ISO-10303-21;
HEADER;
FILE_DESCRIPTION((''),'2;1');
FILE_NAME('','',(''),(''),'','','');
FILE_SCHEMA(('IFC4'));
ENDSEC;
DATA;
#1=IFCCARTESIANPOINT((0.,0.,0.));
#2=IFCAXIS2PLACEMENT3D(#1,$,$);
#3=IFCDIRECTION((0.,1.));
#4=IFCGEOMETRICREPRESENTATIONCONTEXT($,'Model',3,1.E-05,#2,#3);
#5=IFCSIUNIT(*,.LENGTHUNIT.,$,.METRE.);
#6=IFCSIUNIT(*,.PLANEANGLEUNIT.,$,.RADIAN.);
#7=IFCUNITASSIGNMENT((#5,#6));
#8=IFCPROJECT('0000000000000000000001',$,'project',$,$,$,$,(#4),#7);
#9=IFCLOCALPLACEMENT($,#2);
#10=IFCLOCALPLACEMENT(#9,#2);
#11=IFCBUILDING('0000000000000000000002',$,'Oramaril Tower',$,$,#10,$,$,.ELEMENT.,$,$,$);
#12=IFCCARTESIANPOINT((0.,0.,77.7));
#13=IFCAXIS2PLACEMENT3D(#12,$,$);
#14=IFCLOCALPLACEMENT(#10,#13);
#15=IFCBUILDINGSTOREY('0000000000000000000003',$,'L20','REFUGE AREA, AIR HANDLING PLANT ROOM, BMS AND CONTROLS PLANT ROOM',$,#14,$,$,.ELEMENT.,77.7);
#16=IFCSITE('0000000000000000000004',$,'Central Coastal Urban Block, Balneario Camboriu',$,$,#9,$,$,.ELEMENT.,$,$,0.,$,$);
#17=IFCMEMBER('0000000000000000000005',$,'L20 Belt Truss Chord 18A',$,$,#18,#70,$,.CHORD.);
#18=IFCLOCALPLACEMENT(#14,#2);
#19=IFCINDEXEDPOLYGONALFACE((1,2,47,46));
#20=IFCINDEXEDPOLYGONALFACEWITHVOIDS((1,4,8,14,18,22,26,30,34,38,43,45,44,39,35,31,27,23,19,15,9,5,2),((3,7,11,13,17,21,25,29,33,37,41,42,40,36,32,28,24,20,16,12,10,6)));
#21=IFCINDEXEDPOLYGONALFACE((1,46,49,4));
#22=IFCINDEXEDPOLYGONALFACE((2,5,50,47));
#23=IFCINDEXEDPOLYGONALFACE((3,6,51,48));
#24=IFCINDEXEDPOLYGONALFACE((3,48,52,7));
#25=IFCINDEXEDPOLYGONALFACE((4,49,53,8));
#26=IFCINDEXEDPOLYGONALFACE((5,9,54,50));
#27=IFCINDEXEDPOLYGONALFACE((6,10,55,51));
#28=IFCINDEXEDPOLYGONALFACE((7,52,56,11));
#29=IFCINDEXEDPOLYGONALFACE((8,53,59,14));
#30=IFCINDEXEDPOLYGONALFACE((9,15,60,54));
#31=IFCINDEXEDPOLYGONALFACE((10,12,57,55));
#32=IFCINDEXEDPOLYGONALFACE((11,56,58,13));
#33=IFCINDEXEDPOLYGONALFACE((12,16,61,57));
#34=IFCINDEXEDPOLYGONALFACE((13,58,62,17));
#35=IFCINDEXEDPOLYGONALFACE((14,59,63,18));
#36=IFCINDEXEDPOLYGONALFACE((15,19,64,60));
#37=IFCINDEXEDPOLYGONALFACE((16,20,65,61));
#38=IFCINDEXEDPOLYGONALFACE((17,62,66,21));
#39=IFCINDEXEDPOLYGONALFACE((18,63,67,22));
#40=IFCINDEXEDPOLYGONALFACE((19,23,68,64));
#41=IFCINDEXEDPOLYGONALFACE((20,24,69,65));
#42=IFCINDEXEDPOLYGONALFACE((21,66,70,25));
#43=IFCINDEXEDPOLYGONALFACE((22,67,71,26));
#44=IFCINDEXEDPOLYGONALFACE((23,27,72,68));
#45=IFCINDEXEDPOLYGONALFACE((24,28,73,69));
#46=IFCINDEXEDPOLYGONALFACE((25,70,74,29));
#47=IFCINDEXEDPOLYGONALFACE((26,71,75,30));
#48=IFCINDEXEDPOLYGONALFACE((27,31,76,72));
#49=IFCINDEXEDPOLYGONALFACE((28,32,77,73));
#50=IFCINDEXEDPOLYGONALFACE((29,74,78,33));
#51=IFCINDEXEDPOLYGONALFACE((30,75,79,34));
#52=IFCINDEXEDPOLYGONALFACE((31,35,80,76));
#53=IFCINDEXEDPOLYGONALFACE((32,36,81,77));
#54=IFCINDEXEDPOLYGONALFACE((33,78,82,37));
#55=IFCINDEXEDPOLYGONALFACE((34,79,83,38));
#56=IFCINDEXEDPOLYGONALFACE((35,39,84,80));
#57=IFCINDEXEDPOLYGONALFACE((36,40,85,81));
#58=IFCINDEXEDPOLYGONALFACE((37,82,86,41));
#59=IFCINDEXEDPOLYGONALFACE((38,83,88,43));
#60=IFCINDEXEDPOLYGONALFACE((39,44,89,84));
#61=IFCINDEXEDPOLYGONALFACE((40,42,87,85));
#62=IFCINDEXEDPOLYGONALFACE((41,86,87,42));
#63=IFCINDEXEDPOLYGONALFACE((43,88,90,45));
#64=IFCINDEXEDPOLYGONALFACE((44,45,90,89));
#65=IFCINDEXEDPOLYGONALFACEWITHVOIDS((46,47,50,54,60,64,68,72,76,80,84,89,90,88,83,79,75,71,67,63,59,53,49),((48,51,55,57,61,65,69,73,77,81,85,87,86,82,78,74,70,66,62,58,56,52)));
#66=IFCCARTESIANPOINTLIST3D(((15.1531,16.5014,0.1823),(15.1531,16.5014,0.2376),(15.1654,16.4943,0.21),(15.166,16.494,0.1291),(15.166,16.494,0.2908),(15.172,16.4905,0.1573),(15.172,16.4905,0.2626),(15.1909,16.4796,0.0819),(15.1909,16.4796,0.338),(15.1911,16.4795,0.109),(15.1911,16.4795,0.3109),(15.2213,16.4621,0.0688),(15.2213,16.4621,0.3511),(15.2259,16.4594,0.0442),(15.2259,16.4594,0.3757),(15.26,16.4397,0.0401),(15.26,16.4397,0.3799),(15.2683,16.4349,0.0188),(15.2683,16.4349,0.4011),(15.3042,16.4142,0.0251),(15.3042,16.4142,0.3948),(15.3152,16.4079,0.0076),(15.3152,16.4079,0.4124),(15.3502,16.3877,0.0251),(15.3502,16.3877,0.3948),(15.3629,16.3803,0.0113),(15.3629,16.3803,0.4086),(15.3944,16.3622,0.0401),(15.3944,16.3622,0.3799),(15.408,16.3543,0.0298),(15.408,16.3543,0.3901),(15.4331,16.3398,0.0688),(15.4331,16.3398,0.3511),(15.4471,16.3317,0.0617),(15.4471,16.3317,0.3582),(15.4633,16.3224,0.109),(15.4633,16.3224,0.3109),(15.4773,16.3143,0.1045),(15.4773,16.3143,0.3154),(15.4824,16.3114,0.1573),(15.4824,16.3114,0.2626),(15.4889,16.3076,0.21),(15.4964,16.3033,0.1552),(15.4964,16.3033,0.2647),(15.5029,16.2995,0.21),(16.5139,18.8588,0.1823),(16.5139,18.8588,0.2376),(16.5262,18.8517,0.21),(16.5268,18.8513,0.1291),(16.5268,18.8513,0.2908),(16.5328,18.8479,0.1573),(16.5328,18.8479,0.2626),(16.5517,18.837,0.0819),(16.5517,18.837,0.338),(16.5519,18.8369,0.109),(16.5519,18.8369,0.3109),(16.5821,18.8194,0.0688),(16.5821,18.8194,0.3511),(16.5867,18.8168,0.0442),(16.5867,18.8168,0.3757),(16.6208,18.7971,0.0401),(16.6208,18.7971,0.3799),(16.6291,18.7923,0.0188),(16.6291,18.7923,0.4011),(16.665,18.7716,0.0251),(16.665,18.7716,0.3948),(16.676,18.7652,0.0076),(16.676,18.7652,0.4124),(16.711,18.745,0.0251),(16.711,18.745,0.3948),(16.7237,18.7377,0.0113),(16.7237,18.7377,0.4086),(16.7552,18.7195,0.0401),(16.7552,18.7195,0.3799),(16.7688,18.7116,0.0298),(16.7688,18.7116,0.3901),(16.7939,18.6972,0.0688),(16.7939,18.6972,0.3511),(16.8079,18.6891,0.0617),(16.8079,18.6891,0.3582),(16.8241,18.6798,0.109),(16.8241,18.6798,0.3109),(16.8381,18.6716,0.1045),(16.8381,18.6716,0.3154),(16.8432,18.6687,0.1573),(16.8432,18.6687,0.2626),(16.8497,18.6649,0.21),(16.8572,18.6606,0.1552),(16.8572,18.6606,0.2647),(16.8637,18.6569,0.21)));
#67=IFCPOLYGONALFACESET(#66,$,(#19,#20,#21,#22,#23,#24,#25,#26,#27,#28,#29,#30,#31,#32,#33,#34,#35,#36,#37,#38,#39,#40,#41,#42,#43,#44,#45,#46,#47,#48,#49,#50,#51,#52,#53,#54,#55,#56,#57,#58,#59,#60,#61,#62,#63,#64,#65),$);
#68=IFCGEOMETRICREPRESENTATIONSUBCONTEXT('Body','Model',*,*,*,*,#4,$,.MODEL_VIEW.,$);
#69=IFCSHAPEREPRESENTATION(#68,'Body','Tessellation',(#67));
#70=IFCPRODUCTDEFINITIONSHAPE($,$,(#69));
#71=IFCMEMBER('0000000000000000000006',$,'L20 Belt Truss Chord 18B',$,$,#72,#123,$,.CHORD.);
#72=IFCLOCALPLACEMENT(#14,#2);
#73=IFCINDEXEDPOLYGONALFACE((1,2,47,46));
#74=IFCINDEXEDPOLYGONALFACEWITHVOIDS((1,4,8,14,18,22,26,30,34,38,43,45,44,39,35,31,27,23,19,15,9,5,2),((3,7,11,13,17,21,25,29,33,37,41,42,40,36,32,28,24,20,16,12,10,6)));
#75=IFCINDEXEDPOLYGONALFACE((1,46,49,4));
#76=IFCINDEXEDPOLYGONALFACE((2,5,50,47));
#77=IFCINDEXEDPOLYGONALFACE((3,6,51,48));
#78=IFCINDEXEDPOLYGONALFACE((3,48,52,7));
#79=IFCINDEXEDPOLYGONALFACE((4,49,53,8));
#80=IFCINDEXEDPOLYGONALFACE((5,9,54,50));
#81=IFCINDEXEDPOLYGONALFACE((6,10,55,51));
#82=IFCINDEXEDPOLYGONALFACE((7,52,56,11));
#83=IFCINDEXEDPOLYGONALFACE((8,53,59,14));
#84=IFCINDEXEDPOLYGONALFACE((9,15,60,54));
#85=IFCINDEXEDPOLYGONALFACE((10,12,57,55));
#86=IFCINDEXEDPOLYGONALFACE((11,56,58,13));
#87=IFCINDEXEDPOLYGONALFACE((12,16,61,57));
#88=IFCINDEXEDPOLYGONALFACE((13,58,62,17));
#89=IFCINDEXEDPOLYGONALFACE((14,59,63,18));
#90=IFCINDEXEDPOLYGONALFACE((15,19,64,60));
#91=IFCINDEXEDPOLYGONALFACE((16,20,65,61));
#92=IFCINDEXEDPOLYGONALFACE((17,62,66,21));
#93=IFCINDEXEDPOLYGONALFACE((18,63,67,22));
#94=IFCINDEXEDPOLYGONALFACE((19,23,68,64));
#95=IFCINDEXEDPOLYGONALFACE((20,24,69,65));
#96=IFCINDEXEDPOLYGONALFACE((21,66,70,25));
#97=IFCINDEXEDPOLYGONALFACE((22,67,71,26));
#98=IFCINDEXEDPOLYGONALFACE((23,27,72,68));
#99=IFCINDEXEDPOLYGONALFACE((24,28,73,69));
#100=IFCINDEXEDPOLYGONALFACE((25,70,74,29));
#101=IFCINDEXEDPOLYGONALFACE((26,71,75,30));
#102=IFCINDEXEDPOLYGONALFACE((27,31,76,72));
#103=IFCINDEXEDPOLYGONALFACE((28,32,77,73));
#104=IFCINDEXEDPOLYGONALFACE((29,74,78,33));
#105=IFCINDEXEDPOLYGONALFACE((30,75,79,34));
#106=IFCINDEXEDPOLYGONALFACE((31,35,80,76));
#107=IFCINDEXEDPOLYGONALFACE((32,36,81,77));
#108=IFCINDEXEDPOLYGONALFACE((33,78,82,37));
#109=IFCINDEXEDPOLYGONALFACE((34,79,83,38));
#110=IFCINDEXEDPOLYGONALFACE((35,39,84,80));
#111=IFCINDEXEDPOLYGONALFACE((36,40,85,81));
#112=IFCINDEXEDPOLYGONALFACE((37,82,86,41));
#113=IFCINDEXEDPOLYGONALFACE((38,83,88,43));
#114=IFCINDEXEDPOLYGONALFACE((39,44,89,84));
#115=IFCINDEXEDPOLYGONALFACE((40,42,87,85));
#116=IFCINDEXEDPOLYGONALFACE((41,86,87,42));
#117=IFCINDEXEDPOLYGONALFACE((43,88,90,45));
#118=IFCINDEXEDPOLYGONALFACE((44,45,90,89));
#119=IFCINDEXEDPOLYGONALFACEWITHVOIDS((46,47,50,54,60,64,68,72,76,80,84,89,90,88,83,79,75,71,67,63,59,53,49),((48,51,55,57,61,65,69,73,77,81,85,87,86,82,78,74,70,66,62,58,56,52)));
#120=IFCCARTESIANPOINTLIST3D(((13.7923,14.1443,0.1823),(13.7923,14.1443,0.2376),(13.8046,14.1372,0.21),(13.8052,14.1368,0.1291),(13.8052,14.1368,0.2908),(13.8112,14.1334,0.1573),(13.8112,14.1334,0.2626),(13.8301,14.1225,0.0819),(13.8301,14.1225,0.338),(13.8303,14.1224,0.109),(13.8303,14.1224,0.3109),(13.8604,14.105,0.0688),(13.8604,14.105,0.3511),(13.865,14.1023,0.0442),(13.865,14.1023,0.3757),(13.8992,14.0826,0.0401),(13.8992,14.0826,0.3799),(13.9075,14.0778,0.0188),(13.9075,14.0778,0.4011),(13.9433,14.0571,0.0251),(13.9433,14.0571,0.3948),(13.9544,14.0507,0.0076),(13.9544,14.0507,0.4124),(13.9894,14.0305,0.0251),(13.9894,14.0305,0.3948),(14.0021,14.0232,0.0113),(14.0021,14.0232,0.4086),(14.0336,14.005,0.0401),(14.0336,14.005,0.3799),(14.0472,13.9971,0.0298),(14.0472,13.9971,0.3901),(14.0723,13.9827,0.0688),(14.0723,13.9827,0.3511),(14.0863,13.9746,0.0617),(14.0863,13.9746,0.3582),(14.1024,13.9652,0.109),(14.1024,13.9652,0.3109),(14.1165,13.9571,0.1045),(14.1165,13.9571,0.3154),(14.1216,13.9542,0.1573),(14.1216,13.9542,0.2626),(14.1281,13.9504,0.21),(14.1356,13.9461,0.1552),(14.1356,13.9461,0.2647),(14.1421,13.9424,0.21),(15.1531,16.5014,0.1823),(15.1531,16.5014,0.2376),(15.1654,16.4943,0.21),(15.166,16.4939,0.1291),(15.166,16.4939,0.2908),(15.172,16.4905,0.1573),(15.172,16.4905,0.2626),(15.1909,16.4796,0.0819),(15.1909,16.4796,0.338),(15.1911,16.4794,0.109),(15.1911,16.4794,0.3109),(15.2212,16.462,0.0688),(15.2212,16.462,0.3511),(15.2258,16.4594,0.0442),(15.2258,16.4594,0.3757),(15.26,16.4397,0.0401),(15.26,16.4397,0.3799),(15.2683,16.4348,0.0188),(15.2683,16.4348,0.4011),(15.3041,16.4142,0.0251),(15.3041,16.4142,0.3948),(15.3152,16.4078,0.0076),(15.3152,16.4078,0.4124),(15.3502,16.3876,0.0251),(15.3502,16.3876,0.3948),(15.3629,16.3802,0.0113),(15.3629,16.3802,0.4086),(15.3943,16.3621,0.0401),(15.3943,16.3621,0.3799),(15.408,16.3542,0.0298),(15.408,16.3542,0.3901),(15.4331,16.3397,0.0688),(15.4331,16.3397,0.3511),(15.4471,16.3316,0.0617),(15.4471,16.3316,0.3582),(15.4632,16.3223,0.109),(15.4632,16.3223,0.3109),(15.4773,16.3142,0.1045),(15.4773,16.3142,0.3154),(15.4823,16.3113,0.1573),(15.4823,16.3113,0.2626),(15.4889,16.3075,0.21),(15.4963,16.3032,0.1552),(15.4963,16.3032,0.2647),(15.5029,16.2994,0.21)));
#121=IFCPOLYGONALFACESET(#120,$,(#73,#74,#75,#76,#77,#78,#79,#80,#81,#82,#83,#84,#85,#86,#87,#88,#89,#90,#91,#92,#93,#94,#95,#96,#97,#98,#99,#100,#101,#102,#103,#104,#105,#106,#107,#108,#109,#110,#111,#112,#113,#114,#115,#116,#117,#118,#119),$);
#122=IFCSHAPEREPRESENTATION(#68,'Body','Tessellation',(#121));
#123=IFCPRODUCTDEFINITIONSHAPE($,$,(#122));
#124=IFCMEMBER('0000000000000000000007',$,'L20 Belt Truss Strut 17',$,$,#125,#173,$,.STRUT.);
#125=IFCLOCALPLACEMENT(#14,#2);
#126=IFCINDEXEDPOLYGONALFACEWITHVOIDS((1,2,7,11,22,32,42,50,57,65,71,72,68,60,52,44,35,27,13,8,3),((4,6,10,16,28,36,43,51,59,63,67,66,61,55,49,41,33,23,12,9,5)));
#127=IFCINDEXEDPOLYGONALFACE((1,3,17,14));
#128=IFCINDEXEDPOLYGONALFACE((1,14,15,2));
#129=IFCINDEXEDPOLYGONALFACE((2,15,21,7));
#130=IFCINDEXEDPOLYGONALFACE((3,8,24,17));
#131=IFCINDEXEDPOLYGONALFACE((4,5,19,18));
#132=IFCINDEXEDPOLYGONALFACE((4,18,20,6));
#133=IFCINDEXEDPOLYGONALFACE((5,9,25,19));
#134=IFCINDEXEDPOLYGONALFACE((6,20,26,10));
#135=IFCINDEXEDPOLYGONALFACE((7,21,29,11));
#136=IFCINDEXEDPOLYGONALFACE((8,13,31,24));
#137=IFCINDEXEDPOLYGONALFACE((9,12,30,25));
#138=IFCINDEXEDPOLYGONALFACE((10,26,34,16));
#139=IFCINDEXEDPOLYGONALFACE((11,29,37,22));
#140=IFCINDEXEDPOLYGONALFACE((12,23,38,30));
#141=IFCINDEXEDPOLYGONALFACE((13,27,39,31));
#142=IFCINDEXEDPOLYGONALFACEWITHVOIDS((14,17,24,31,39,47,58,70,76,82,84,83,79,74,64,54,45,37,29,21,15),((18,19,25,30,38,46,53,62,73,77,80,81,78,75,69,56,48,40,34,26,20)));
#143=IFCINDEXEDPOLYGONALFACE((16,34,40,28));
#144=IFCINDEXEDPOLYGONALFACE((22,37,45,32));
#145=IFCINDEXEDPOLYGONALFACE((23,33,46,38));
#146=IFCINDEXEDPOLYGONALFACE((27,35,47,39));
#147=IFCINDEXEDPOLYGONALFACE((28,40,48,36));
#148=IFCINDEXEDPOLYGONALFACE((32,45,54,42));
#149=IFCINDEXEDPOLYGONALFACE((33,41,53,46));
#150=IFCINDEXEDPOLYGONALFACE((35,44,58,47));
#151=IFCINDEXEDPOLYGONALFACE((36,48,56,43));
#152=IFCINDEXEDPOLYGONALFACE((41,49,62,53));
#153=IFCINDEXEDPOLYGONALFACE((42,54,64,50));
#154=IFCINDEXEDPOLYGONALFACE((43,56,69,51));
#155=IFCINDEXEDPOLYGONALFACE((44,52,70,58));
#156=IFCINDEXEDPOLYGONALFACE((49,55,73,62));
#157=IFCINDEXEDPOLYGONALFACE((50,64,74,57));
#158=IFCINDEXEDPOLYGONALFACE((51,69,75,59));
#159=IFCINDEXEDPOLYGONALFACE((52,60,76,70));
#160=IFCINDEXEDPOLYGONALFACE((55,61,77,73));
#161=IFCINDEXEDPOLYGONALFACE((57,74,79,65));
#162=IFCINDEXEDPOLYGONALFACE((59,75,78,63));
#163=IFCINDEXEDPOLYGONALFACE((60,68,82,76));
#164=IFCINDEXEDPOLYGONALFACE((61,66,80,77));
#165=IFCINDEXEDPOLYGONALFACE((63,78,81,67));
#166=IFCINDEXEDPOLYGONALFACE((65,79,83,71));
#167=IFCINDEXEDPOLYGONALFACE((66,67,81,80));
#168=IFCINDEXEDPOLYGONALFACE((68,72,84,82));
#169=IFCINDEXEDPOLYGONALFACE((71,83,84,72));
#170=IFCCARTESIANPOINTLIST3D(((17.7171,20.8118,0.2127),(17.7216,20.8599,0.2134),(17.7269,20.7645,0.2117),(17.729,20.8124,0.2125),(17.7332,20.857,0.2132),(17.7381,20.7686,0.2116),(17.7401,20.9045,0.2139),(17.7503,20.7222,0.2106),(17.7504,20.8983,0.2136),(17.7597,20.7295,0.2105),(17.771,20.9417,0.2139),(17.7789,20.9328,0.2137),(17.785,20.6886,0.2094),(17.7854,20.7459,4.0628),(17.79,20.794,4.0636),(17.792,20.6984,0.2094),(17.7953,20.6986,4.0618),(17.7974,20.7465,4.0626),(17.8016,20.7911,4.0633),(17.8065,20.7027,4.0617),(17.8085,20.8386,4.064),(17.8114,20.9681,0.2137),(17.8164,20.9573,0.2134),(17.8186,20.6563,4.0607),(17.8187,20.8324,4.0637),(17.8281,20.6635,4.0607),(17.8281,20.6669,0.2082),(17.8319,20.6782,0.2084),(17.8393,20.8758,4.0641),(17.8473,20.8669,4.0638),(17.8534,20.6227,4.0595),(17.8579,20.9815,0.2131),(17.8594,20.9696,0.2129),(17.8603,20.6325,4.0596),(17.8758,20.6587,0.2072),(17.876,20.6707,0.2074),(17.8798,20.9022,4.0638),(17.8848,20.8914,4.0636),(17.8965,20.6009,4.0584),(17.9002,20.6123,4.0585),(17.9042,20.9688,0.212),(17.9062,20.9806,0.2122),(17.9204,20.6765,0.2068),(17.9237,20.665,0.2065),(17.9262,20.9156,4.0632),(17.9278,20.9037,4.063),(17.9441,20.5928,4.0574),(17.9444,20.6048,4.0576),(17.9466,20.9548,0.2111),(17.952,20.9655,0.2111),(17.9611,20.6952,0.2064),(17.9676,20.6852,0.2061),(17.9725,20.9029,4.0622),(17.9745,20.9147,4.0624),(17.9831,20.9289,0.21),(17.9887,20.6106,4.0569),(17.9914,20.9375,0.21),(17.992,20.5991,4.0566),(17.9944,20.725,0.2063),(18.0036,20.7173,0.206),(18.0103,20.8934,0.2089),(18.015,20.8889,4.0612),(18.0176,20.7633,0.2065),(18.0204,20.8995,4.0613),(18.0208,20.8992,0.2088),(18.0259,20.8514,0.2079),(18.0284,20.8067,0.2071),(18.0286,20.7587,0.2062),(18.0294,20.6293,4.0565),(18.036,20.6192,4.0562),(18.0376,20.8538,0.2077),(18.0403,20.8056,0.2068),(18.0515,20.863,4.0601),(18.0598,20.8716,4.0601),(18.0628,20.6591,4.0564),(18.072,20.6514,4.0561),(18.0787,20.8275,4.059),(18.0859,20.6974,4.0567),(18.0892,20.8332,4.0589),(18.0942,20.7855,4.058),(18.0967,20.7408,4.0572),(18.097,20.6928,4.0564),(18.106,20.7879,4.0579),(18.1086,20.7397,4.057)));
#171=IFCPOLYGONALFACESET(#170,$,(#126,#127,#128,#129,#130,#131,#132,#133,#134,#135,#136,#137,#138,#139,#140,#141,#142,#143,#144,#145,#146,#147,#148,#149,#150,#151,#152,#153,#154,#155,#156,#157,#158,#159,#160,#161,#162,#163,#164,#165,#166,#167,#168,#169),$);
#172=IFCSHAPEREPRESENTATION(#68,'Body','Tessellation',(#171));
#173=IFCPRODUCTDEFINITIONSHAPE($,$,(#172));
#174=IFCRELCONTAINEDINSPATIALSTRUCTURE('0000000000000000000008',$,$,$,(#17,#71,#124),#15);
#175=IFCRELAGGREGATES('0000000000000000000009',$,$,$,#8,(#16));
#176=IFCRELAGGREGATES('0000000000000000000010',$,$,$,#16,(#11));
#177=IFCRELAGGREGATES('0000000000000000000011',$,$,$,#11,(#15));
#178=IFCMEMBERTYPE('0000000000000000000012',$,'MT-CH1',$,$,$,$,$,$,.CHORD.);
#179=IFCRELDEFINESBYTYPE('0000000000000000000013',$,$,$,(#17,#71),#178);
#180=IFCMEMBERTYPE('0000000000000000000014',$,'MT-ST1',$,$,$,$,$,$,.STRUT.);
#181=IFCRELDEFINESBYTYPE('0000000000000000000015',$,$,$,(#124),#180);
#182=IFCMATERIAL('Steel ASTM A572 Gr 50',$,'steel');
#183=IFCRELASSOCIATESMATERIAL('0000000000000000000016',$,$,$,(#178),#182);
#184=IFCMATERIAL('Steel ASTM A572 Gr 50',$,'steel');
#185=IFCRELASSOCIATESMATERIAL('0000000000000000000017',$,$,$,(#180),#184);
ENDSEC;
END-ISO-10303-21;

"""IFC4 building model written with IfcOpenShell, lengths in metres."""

from ifc_helpers import new_model, si_unit, direction, frame, origin, origin_2d, place, context, subcontext, project, spatial, hollow_circle, extrude, material, material_profile, profile_set, type_object, element, save


model = new_model("IFC4")

# Units and contexts
model_context = context("Model", 3, precision=1e-05, world=origin(), true_north=direction((0.0, 1.0)))
body_context = subcontext(model_context, "Body", "Model", "MODEL_VIEW")
ifc_project = project(units=[si_unit("LENGTHUNIT", "METRE"), si_unit("PLANEANGLEUNIT", "RADIAN")], contexts=[model_context])

# Site, building, storey
site_placement = place(None, origin())
site = spatial("IfcSite", under=ifc_project, at=site_placement, Name="Central Coastal Urban Block, Balneario Camboriu", CompositionType="ELEMENT", RefElevation=0.0)
building_placement = place(site_placement, origin())
building = spatial("IfcBuilding", under=site, at=building_placement, Name="Oramaril Tower", CompositionType="ELEMENT")
storey_placement = place(building_placement, frame((0.0, 0.0, 77.7)))
storey = spatial("IfcBuildingStorey", under=building, at=storey_placement, Name="L20", Description="REFUGE AREA, AIR HANDLING PLANT ROOM, BMS AND CONTROLS PLANT ROOM", CompositionType="ELEMENT", Elevation=77.7)

# Members
ifc_material_1 = material(Name="Steel ASTM A572 Gr 50", Category="steel")
ifc_material_profile_1 = material_profile(ifc_material_1, hollow_circle(Radius=0.2029, WallThickness=0.0161, at=origin_2d()), Name="CHS406X16")
ifc_profile_set_1 = profile_set([ifc_material_profile_1], Name="Steel ASTM A572 Gr 50")
member_type_1 = type_object("IfcMemberType", Name="MT-CH1", PredefinedType="CHORD", material=ifc_profile_set_1)
member_1_placement = place(storey_placement, frame((16.688, 18.7583, 0.21), z_axis=(-0.49994, -0.86606, 0.0), x_axis=(0.86606, -0.49994, 0.0)))
element("IfcMember", 1, at=member_1_placement, inside=storey, type_object=member_type_1, Name="L20 Belt Truss Chord 18A", PredefinedType="CHORD", context=body_context, shape_type="SweptSolid", body=[
    extrude(hollow_circle(Radius=0.2029, WallThickness=0.0161, at=origin_2d()), origin(), (0.0, 0.0, 1.0), 2.7219),
])
member_2_placement = place(storey_placement, frame((15.3271, 16.4009, 0.21), z_axis=(-0.499979, -0.866038, 0.0), x_axis=(0.866038, -0.499979, 0.0)))
element("IfcMember", 2, at=member_2_placement, inside=storey, type_object=member_type_1, Name="L20 Belt Truss Chord 18B", PredefinedType="CHORD", context=body_context, shape_type="SweptSolid", body=[
    extrude(hollow_circle(Radius=0.2029, WallThickness=0.0161, at=origin_2d()), origin(), (0.0, 0.0, 1.0), 2.7217),
])
ifc_material_2 = material(Name="Steel ASTM A572 Gr 50", Category="steel")
ifc_material_profile_2 = material_profile(ifc_material_2, hollow_circle(Radius=0.1621, WallThickness=0.012, at=origin_2d()), Name="CHS324X12")
ifc_profile_set_2 = profile_set([ifc_material_profile_2], Name="Steel ASTM A572 Gr 50")
member_type_2 = type_object("IfcMemberType", Name="MT-ST1", PredefinedType="STRUT", material=ifc_profile_set_2)
for number, where, z_axis, x_axis, name in (
    (3, (17.8789, 20.8208, 0.21), (0.01775, -0.017116, 0.999696), (0.694136, 0.719844, 0.0), "L20 Belt Truss Strut 17"),
):
    element("IfcMember", number, at=place(storey_placement, frame(where, z_axis=z_axis, x_axis=x_axis)), inside=storey, type_object=member_type_2, Name=name, PredefinedType="STRUT", context=body_context, shape_type="SweptSolid", body=[
        extrude(hollow_circle(Radius=0.1621, WallThickness=0.012, at=origin_2d()), origin(), (0.0, 0.0, 1.0), 3.8513),
    ])

save(model, "model.ifc")
